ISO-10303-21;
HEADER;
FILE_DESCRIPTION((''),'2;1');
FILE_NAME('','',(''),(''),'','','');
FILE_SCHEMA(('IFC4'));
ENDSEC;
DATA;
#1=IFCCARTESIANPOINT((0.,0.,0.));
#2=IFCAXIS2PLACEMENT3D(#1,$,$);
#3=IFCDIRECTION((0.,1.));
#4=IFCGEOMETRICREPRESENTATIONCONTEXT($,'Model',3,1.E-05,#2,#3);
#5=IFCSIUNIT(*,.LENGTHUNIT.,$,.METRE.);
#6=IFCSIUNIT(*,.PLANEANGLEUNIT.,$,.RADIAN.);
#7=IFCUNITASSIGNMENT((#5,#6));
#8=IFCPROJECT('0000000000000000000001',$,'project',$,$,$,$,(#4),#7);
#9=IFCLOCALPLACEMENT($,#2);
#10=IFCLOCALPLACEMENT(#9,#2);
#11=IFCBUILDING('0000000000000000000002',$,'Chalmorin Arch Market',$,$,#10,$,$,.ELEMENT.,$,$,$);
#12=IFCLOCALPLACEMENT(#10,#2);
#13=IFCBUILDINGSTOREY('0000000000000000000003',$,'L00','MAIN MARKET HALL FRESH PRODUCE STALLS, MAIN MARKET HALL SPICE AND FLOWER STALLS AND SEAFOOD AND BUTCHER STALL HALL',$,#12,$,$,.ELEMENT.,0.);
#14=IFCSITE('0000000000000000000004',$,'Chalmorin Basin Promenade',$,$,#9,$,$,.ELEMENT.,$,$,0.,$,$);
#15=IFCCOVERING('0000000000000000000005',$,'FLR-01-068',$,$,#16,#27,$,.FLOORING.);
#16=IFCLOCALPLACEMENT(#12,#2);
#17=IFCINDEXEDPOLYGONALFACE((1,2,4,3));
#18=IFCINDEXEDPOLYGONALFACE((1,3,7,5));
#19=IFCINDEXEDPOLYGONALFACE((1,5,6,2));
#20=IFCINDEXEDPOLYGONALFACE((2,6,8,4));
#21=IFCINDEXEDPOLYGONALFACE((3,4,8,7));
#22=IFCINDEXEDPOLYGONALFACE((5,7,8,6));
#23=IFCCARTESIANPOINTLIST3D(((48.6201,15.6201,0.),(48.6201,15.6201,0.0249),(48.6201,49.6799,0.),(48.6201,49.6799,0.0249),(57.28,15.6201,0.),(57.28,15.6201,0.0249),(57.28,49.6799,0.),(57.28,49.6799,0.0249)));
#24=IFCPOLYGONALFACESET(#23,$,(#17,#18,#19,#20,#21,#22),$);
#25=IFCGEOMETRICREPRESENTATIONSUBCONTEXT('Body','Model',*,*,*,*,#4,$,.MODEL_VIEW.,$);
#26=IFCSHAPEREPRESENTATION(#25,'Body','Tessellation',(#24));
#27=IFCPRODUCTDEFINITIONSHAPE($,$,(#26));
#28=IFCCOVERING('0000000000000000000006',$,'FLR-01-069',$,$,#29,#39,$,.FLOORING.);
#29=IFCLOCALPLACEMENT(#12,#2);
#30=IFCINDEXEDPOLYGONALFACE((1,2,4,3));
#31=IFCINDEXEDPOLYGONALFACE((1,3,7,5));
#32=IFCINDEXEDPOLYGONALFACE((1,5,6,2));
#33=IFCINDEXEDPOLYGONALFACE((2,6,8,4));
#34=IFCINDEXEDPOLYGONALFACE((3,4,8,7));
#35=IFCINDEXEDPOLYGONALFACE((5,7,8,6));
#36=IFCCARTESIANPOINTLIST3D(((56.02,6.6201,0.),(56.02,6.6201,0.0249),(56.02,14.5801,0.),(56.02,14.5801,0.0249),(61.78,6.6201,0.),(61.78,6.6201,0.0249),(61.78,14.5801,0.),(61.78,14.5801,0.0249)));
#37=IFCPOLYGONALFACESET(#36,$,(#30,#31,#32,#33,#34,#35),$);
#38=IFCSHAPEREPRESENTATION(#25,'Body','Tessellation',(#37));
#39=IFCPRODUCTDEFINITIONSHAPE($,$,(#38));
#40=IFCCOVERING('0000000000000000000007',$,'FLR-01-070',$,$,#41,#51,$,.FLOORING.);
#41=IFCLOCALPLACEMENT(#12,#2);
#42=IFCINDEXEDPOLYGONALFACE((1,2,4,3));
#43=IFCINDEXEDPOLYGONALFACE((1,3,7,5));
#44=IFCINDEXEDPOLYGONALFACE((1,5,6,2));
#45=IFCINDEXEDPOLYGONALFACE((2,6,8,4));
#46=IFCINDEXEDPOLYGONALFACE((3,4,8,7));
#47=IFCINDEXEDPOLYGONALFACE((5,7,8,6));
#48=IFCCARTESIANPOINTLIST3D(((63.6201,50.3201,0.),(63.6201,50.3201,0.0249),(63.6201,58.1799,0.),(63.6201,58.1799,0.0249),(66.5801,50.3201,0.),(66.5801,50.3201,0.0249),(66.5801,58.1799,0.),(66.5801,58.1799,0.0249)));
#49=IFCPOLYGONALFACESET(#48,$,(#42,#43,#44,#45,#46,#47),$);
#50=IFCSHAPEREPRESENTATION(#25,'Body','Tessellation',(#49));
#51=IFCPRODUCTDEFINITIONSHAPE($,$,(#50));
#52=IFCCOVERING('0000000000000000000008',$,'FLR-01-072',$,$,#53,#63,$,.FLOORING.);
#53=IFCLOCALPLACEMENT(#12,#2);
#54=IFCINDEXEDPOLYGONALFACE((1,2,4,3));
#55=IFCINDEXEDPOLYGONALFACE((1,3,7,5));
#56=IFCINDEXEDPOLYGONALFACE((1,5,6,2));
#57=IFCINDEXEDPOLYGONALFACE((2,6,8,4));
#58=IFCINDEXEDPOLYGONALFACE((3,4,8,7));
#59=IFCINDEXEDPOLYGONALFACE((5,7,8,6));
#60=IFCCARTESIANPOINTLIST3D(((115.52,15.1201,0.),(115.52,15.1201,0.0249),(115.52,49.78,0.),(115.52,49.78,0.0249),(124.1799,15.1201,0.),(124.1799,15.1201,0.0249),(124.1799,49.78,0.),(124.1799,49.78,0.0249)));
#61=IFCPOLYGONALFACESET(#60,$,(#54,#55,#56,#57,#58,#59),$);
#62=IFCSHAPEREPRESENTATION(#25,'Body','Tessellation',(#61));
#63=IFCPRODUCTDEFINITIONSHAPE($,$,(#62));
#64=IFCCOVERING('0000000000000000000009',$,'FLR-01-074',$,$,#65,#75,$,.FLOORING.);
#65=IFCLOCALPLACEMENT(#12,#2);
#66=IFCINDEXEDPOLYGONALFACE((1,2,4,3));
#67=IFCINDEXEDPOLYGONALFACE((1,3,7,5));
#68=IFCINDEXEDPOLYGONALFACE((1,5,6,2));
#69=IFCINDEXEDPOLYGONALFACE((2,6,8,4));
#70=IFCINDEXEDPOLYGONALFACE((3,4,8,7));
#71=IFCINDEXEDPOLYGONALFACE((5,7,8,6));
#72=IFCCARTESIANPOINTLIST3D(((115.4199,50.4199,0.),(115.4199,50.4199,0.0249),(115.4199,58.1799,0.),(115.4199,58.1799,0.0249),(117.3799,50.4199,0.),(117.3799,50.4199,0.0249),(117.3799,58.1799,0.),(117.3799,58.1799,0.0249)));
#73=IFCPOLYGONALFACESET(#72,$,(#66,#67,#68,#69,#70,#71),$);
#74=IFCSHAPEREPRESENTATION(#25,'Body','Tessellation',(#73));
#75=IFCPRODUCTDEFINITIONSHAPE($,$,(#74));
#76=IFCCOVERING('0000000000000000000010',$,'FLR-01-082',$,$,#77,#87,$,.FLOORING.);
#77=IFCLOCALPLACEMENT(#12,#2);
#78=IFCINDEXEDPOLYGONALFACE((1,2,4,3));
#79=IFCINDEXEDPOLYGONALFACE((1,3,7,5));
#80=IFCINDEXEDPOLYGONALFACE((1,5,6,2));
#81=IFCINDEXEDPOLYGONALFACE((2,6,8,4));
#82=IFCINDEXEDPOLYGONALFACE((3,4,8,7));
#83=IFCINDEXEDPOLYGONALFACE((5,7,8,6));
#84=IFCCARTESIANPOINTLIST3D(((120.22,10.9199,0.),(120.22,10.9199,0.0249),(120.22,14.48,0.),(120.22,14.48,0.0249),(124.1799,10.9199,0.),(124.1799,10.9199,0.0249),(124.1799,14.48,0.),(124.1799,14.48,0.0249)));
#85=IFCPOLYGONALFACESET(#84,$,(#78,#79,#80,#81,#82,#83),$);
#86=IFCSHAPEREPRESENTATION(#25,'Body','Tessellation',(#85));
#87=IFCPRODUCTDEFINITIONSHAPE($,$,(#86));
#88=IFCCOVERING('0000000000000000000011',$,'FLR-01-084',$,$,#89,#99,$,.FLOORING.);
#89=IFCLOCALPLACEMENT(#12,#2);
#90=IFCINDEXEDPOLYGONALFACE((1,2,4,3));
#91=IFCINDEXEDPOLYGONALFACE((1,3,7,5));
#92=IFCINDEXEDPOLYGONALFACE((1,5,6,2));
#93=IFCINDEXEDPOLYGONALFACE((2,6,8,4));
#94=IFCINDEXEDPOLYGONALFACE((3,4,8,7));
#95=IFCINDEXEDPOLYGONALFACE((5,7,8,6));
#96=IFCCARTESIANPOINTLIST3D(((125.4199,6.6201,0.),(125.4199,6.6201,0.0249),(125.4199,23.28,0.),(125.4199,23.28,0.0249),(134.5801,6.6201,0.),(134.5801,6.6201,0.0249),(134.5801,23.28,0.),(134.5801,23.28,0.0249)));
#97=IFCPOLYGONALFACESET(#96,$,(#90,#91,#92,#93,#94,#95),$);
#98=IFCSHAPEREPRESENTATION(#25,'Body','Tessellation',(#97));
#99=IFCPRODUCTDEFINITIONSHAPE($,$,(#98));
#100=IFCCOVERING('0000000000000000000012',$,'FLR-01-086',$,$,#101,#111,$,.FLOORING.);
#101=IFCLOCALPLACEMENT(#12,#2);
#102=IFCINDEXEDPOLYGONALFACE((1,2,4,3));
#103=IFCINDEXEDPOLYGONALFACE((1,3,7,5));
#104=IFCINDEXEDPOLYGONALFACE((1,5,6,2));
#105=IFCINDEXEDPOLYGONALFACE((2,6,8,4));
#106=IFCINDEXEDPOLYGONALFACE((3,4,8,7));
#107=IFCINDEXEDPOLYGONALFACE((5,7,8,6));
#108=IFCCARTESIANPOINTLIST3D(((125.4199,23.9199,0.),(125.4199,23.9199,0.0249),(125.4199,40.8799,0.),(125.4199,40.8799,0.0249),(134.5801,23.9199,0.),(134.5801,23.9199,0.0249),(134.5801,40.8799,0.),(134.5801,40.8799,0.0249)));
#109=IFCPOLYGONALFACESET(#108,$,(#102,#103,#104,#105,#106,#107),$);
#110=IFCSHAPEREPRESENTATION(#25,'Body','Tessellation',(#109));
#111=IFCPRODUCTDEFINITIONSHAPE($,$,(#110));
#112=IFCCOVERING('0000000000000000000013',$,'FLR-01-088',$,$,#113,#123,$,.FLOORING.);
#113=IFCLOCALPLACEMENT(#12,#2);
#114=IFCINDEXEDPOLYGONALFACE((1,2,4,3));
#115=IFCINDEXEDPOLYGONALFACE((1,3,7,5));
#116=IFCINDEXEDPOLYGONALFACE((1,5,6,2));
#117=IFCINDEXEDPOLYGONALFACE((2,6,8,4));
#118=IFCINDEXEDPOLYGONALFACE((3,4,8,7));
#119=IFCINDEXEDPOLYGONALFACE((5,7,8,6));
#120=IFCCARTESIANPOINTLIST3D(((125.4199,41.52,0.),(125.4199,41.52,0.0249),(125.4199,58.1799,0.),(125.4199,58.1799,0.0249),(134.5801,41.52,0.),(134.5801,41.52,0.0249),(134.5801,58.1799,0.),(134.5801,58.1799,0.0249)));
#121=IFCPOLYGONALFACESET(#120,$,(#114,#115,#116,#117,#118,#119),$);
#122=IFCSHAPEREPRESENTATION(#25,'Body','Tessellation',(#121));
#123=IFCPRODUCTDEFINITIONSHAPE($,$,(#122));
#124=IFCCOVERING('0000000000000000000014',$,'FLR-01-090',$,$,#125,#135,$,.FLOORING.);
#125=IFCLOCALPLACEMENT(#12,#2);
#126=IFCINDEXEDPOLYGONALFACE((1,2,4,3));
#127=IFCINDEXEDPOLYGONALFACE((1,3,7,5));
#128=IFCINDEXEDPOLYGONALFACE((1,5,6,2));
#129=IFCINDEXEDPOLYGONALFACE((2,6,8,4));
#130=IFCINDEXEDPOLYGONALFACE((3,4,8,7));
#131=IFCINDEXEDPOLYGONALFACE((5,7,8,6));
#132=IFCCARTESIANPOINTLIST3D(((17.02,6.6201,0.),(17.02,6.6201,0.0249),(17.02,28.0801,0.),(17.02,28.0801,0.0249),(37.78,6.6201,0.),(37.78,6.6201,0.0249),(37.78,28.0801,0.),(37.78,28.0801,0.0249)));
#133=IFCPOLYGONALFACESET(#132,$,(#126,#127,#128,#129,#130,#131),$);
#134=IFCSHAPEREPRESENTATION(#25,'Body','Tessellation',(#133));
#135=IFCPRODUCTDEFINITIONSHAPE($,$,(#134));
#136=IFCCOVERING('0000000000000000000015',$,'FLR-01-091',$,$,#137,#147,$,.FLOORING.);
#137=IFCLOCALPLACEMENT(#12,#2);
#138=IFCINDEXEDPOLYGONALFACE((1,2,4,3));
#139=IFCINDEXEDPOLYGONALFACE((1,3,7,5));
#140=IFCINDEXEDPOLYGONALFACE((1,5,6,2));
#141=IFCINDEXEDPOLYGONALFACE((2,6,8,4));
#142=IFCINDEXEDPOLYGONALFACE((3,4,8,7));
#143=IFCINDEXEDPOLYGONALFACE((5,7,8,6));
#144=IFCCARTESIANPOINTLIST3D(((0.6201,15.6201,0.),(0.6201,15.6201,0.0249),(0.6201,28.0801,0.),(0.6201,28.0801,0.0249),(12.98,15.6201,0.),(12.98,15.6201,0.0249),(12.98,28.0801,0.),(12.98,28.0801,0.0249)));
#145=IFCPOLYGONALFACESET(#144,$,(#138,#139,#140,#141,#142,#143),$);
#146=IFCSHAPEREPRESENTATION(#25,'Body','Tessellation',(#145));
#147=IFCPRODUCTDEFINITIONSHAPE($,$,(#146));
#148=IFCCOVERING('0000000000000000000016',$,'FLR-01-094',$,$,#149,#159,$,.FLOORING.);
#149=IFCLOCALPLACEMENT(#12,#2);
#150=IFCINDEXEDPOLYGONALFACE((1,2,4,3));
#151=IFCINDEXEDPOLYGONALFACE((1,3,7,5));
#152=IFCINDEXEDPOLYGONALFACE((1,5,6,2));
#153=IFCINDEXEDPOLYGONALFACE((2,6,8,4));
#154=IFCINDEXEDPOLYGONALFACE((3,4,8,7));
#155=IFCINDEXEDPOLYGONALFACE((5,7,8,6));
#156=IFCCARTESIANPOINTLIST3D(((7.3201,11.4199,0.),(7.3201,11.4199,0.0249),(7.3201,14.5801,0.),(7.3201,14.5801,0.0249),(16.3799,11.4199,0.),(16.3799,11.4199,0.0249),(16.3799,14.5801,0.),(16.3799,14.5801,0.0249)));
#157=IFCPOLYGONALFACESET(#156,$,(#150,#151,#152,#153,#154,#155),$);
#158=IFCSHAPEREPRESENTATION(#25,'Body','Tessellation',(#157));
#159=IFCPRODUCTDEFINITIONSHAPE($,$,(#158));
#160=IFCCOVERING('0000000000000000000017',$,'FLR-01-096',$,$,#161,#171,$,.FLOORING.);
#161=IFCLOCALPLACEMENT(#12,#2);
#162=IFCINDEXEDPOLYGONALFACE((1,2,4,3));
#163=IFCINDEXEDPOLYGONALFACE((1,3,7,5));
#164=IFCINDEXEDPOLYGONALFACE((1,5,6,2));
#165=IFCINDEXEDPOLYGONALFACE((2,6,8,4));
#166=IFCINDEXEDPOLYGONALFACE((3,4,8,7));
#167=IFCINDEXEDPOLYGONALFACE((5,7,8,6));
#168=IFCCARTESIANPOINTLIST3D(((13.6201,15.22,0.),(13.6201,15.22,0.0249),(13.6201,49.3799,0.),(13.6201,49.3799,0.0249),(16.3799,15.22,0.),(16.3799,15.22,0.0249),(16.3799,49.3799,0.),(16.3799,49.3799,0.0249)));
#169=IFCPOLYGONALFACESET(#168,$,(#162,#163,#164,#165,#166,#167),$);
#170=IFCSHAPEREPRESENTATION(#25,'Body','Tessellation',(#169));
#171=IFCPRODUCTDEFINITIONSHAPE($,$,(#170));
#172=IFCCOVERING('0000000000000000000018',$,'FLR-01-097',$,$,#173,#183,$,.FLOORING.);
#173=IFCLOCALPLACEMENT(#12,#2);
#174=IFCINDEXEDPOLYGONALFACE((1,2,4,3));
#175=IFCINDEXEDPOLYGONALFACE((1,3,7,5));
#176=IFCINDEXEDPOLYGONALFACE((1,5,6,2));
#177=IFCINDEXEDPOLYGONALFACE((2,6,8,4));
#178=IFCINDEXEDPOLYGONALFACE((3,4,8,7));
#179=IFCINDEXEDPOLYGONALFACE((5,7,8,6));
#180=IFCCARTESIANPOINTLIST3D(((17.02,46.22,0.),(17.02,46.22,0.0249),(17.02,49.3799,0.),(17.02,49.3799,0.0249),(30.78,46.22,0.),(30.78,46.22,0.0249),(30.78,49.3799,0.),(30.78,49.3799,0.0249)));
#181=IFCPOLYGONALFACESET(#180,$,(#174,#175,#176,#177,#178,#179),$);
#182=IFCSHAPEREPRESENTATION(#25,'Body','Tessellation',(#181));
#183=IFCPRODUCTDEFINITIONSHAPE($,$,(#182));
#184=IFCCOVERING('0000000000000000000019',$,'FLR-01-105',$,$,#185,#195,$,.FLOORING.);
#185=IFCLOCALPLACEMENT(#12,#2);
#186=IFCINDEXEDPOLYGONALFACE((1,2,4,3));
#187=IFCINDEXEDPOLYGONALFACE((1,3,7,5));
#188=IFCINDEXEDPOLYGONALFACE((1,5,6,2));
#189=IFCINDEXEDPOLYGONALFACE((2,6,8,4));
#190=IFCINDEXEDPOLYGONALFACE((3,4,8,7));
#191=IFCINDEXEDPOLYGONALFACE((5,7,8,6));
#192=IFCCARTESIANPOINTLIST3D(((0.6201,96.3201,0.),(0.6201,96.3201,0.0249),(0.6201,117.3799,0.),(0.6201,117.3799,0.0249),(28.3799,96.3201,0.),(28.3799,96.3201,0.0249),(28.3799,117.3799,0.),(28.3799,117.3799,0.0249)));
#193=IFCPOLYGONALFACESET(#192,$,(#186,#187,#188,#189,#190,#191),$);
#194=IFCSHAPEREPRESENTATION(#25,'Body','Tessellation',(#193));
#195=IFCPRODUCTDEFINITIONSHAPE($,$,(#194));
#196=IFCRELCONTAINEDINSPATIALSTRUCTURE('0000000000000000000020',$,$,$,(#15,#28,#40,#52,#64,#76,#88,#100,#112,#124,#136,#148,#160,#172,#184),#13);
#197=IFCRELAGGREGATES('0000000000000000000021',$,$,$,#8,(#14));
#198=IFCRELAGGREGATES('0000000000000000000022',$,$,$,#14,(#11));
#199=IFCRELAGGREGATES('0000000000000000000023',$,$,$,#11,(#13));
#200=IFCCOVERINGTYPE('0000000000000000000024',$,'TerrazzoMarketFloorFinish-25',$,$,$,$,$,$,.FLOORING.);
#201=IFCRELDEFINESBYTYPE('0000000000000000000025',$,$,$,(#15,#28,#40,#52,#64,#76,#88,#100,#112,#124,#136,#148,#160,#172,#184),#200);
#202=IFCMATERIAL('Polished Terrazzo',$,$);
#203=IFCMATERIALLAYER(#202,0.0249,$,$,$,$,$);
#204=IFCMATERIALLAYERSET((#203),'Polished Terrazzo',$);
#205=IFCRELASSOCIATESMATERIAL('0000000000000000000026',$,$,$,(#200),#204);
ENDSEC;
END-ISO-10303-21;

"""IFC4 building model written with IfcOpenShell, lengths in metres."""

from ifc_helpers import new_model, si_unit, direction, origin, place, context, subcontext, project, spatial, polyline, outline, extrude, material, layer, layer_set, type_object, element, save


model = new_model("IFC4")

# Units and contexts
model_context = context("Model", 3, precision=1e-05, world=origin(), true_north=direction((0.0, 1.0)))
body_context = subcontext(model_context, "Body", "Model", "MODEL_VIEW")
ifc_project = project(units=[si_unit("LENGTHUNIT", "METRE"), si_unit("PLANEANGLEUNIT", "RADIAN")], contexts=[model_context])

# Site, building, storey
site_placement = place(None, origin())
site = spatial("IfcSite", under=ifc_project, at=site_placement, Name="Chalmorin Basin Promenade", CompositionType="ELEMENT", RefElevation=0.0)
building_placement = place(site_placement, origin())
building = spatial("IfcBuilding", under=site, at=building_placement, Name="Chalmorin Arch Market", CompositionType="ELEMENT")
storey_placement = place(building_placement, origin())
storey = spatial("IfcBuildingStorey", under=building, at=storey_placement, Name="L00", Description="MAIN MARKET HALL FRESH PRODUCE STALLS, MAIN MARKET HALL SPICE AND FLOWER STALLS AND SEAFOOD AND BUTCHER STALL HALL", CompositionType="ELEMENT", Elevation=0.0)

# Coverings
ifc_material_1 = material(Name="Polished Terrazzo")
ifc_layer_1 = layer(ifc_material_1, 0.0249)
ifc_layer_set_1 = layer_set([ifc_layer_1], Name="Polished Terrazzo")
covering_type_1 = type_object("IfcCoveringType", Name="TerrazzoMarketFloorFinish-25", PredefinedType="FLOORING", material=ifc_layer_set_1)
covering_1_placement = place(storey_placement, origin())
element("IfcCovering", 1, at=covering_1_placement, inside=storey, type_object=covering_type_1, Name="FLR-01-068", PredefinedType="FLOORING", context=body_context, shape_type="SweptSolid", body=[
    extrude(outline(polyline([(48.6201, 15.6201), (57.28, 15.6201), (57.28, 49.6799), (48.6201, 49.6799), (48.6201, 15.6201)])), origin(), (0.0, 0.0, 1.0), 0.0249),
])
covering_2_placement = place(storey_placement, origin())
element("IfcCovering", 2, at=covering_2_placement, inside=storey, type_object=covering_type_1, Name="FLR-01-069", PredefinedType="FLOORING", context=body_context, shape_type="SweptSolid", body=[
    extrude(outline(polyline([(56.02, 6.6201), (61.78, 6.6201), (61.78, 14.5801), (56.02, 14.5801), (56.02, 6.6201)])), origin(), (0.0, 0.0, 1.0), 0.0249),
])
covering_3_placement = place(storey_placement, origin())
element("IfcCovering", 3, at=covering_3_placement, inside=storey, type_object=covering_type_1, Name="FLR-01-070", PredefinedType="FLOORING", context=body_context, shape_type="SweptSolid", body=[
    extrude(outline(polyline([(63.6201, 50.3201), (66.5801, 50.3201), (66.5801, 58.1799), (63.6201, 58.1799), (63.6201, 50.3201)])), origin(), (0.0, 0.0, 1.0), 0.0249),
])
covering_4_placement = place(storey_placement, origin())
element("IfcCovering", 4, at=covering_4_placement, inside=storey, type_object=covering_type_1, Name="FLR-01-072", PredefinedType="FLOORING", context=body_context, shape_type="SweptSolid", body=[
    extrude(outline(polyline([(115.52, 15.1201), (124.1799, 15.1201), (124.1799, 49.78), (115.52, 49.78), (115.52, 15.1201)])), origin(), (0.0, 0.0, 1.0), 0.0249),
])
covering_5_placement = place(storey_placement, origin())
element("IfcCovering", 5, at=covering_5_placement, inside=storey, type_object=covering_type_1, Name="FLR-01-074", PredefinedType="FLOORING", context=body_context, shape_type="SweptSolid", body=[
    extrude(outline(polyline([(115.4199, 50.4199), (117.3799, 50.4199), (117.3799, 58.1799), (115.4199, 58.1799), (115.4199, 50.4199)])), origin(), (0.0, 0.0, 1.0), 0.0249),
])
covering_6_placement = place(storey_placement, origin())
element("IfcCovering", 6, at=covering_6_placement, inside=storey, type_object=covering_type_1, Name="FLR-01-082", PredefinedType="FLOORING", context=body_context, shape_type="SweptSolid", body=[
    extrude(outline(polyline([(120.22, 10.9199), (124.1799, 10.9199), (124.1799, 14.48), (120.22, 14.48), (120.22, 10.9199)])), origin(), (0.0, 0.0, 1.0), 0.0249),
])
covering_7_placement = place(storey_placement, origin())
element("IfcCovering", 7, at=covering_7_placement, inside=storey, type_object=covering_type_1, Name="FLR-01-084", PredefinedType="FLOORING", context=body_context, shape_type="SweptSolid", body=[
    extrude(outline(polyline([(125.4199, 6.6201), (134.5801, 6.6201), (134.5801, 23.28), (125.4199, 23.28), (125.4199, 6.6201)])), origin(), (0.0, 0.0, 1.0), 0.0249),
])
covering_8_placement = place(storey_placement, origin())
element("IfcCovering", 8, at=covering_8_placement, inside=storey, type_object=covering_type_1, Name="FLR-01-086", PredefinedType="FLOORING", context=body_context, shape_type="SweptSolid", body=[
    extrude(outline(polyline([(125.4199, 23.9199), (134.5801, 23.9199), (134.5801, 40.8799), (125.4199, 40.8799), (125.4199, 23.9199)])), origin(), (0.0, 0.0, 1.0), 0.0249),
])
covering_9_placement = place(storey_placement, origin())
element("IfcCovering", 9, at=covering_9_placement, inside=storey, type_object=covering_type_1, Name="FLR-01-088", PredefinedType="FLOORING", context=body_context, shape_type="SweptSolid", body=[
    extrude(outline(polyline([(125.4199, 41.52), (134.5801, 41.52), (134.5801, 58.1799), (125.4199, 58.1799), (125.4199, 41.52)])), origin(), (0.0, 0.0, 1.0), 0.0249),
])
covering_10_placement = place(storey_placement, origin())
element("IfcCovering", 10, at=covering_10_placement, inside=storey, type_object=covering_type_1, Name="FLR-01-090", PredefinedType="FLOORING", context=body_context, shape_type="SweptSolid", body=[
    extrude(outline(polyline([(17.02, 6.6201), (37.78, 6.6201), (37.78, 28.0801), (17.02, 28.0801), (17.02, 6.6201)])), origin(), (0.0, 0.0, 1.0), 0.0249),
])
covering_11_placement = place(storey_placement, origin())
element("IfcCovering", 11, at=covering_11_placement, inside=storey, type_object=covering_type_1, Name="FLR-01-091", PredefinedType="FLOORING", context=body_context, shape_type="SweptSolid", body=[
    extrude(outline(polyline([(0.6201, 15.6201), (12.98, 15.6201), (12.98, 28.0801), (0.6201, 28.0801), (0.6201, 15.6201)])), origin(), (0.0, 0.0, 1.0), 0.0249),
])
covering_12_placement = place(storey_placement, origin())
element("IfcCovering", 12, at=covering_12_placement, inside=storey, type_object=covering_type_1, Name="FLR-01-094", PredefinedType="FLOORING", context=body_context, shape_type="SweptSolid", body=[
    extrude(outline(polyline([(7.3201, 11.4199), (16.3799, 11.4199), (16.3799, 14.5801), (7.3201, 14.5801), (7.3201, 11.4199)])), origin(), (0.0, 0.0, 1.0), 0.0249),
])
covering_13_placement = place(storey_placement, origin())
element("IfcCovering", 13, at=covering_13_placement, inside=storey, type_object=covering_type_1, Name="FLR-01-096", PredefinedType="FLOORING", context=body_context, shape_type="SweptSolid", body=[
    extrude(outline(polyline([(13.6201, 15.22), (16.3799, 15.22), (16.3799, 49.3799), (13.6201, 49.3799), (13.6201, 15.22)])), origin(), (0.0, 0.0, 1.0), 0.0249),
])
covering_14_placement = place(storey_placement, origin())
element("IfcCovering", 14, at=covering_14_placement, inside=storey, type_object=covering_type_1, Name="FLR-01-097", PredefinedType="FLOORING", context=body_context, shape_type="SweptSolid", body=[
    extrude(outline(polyline([(17.02, 46.22), (30.78, 46.22), (30.78, 49.3799), (17.02, 49.3799), (17.02, 46.22)])), origin(), (0.0, 0.0, 1.0), 0.0249),
])
covering_15_placement = place(storey_placement, origin())
element("IfcCovering", 15, at=covering_15_placement, inside=storey, type_object=covering_type_1, Name="FLR-01-105", PredefinedType="FLOORING", context=body_context, shape_type="SweptSolid", body=[
    extrude(outline(polyline([(0.6201, 96.3201), (28.3799, 96.3201), (28.3799, 117.3799), (0.6201, 117.3799), (0.6201, 96.3201)])), origin(), (0.0, 0.0, 1.0), 0.0249),
])

save(model, "model.ifc")
